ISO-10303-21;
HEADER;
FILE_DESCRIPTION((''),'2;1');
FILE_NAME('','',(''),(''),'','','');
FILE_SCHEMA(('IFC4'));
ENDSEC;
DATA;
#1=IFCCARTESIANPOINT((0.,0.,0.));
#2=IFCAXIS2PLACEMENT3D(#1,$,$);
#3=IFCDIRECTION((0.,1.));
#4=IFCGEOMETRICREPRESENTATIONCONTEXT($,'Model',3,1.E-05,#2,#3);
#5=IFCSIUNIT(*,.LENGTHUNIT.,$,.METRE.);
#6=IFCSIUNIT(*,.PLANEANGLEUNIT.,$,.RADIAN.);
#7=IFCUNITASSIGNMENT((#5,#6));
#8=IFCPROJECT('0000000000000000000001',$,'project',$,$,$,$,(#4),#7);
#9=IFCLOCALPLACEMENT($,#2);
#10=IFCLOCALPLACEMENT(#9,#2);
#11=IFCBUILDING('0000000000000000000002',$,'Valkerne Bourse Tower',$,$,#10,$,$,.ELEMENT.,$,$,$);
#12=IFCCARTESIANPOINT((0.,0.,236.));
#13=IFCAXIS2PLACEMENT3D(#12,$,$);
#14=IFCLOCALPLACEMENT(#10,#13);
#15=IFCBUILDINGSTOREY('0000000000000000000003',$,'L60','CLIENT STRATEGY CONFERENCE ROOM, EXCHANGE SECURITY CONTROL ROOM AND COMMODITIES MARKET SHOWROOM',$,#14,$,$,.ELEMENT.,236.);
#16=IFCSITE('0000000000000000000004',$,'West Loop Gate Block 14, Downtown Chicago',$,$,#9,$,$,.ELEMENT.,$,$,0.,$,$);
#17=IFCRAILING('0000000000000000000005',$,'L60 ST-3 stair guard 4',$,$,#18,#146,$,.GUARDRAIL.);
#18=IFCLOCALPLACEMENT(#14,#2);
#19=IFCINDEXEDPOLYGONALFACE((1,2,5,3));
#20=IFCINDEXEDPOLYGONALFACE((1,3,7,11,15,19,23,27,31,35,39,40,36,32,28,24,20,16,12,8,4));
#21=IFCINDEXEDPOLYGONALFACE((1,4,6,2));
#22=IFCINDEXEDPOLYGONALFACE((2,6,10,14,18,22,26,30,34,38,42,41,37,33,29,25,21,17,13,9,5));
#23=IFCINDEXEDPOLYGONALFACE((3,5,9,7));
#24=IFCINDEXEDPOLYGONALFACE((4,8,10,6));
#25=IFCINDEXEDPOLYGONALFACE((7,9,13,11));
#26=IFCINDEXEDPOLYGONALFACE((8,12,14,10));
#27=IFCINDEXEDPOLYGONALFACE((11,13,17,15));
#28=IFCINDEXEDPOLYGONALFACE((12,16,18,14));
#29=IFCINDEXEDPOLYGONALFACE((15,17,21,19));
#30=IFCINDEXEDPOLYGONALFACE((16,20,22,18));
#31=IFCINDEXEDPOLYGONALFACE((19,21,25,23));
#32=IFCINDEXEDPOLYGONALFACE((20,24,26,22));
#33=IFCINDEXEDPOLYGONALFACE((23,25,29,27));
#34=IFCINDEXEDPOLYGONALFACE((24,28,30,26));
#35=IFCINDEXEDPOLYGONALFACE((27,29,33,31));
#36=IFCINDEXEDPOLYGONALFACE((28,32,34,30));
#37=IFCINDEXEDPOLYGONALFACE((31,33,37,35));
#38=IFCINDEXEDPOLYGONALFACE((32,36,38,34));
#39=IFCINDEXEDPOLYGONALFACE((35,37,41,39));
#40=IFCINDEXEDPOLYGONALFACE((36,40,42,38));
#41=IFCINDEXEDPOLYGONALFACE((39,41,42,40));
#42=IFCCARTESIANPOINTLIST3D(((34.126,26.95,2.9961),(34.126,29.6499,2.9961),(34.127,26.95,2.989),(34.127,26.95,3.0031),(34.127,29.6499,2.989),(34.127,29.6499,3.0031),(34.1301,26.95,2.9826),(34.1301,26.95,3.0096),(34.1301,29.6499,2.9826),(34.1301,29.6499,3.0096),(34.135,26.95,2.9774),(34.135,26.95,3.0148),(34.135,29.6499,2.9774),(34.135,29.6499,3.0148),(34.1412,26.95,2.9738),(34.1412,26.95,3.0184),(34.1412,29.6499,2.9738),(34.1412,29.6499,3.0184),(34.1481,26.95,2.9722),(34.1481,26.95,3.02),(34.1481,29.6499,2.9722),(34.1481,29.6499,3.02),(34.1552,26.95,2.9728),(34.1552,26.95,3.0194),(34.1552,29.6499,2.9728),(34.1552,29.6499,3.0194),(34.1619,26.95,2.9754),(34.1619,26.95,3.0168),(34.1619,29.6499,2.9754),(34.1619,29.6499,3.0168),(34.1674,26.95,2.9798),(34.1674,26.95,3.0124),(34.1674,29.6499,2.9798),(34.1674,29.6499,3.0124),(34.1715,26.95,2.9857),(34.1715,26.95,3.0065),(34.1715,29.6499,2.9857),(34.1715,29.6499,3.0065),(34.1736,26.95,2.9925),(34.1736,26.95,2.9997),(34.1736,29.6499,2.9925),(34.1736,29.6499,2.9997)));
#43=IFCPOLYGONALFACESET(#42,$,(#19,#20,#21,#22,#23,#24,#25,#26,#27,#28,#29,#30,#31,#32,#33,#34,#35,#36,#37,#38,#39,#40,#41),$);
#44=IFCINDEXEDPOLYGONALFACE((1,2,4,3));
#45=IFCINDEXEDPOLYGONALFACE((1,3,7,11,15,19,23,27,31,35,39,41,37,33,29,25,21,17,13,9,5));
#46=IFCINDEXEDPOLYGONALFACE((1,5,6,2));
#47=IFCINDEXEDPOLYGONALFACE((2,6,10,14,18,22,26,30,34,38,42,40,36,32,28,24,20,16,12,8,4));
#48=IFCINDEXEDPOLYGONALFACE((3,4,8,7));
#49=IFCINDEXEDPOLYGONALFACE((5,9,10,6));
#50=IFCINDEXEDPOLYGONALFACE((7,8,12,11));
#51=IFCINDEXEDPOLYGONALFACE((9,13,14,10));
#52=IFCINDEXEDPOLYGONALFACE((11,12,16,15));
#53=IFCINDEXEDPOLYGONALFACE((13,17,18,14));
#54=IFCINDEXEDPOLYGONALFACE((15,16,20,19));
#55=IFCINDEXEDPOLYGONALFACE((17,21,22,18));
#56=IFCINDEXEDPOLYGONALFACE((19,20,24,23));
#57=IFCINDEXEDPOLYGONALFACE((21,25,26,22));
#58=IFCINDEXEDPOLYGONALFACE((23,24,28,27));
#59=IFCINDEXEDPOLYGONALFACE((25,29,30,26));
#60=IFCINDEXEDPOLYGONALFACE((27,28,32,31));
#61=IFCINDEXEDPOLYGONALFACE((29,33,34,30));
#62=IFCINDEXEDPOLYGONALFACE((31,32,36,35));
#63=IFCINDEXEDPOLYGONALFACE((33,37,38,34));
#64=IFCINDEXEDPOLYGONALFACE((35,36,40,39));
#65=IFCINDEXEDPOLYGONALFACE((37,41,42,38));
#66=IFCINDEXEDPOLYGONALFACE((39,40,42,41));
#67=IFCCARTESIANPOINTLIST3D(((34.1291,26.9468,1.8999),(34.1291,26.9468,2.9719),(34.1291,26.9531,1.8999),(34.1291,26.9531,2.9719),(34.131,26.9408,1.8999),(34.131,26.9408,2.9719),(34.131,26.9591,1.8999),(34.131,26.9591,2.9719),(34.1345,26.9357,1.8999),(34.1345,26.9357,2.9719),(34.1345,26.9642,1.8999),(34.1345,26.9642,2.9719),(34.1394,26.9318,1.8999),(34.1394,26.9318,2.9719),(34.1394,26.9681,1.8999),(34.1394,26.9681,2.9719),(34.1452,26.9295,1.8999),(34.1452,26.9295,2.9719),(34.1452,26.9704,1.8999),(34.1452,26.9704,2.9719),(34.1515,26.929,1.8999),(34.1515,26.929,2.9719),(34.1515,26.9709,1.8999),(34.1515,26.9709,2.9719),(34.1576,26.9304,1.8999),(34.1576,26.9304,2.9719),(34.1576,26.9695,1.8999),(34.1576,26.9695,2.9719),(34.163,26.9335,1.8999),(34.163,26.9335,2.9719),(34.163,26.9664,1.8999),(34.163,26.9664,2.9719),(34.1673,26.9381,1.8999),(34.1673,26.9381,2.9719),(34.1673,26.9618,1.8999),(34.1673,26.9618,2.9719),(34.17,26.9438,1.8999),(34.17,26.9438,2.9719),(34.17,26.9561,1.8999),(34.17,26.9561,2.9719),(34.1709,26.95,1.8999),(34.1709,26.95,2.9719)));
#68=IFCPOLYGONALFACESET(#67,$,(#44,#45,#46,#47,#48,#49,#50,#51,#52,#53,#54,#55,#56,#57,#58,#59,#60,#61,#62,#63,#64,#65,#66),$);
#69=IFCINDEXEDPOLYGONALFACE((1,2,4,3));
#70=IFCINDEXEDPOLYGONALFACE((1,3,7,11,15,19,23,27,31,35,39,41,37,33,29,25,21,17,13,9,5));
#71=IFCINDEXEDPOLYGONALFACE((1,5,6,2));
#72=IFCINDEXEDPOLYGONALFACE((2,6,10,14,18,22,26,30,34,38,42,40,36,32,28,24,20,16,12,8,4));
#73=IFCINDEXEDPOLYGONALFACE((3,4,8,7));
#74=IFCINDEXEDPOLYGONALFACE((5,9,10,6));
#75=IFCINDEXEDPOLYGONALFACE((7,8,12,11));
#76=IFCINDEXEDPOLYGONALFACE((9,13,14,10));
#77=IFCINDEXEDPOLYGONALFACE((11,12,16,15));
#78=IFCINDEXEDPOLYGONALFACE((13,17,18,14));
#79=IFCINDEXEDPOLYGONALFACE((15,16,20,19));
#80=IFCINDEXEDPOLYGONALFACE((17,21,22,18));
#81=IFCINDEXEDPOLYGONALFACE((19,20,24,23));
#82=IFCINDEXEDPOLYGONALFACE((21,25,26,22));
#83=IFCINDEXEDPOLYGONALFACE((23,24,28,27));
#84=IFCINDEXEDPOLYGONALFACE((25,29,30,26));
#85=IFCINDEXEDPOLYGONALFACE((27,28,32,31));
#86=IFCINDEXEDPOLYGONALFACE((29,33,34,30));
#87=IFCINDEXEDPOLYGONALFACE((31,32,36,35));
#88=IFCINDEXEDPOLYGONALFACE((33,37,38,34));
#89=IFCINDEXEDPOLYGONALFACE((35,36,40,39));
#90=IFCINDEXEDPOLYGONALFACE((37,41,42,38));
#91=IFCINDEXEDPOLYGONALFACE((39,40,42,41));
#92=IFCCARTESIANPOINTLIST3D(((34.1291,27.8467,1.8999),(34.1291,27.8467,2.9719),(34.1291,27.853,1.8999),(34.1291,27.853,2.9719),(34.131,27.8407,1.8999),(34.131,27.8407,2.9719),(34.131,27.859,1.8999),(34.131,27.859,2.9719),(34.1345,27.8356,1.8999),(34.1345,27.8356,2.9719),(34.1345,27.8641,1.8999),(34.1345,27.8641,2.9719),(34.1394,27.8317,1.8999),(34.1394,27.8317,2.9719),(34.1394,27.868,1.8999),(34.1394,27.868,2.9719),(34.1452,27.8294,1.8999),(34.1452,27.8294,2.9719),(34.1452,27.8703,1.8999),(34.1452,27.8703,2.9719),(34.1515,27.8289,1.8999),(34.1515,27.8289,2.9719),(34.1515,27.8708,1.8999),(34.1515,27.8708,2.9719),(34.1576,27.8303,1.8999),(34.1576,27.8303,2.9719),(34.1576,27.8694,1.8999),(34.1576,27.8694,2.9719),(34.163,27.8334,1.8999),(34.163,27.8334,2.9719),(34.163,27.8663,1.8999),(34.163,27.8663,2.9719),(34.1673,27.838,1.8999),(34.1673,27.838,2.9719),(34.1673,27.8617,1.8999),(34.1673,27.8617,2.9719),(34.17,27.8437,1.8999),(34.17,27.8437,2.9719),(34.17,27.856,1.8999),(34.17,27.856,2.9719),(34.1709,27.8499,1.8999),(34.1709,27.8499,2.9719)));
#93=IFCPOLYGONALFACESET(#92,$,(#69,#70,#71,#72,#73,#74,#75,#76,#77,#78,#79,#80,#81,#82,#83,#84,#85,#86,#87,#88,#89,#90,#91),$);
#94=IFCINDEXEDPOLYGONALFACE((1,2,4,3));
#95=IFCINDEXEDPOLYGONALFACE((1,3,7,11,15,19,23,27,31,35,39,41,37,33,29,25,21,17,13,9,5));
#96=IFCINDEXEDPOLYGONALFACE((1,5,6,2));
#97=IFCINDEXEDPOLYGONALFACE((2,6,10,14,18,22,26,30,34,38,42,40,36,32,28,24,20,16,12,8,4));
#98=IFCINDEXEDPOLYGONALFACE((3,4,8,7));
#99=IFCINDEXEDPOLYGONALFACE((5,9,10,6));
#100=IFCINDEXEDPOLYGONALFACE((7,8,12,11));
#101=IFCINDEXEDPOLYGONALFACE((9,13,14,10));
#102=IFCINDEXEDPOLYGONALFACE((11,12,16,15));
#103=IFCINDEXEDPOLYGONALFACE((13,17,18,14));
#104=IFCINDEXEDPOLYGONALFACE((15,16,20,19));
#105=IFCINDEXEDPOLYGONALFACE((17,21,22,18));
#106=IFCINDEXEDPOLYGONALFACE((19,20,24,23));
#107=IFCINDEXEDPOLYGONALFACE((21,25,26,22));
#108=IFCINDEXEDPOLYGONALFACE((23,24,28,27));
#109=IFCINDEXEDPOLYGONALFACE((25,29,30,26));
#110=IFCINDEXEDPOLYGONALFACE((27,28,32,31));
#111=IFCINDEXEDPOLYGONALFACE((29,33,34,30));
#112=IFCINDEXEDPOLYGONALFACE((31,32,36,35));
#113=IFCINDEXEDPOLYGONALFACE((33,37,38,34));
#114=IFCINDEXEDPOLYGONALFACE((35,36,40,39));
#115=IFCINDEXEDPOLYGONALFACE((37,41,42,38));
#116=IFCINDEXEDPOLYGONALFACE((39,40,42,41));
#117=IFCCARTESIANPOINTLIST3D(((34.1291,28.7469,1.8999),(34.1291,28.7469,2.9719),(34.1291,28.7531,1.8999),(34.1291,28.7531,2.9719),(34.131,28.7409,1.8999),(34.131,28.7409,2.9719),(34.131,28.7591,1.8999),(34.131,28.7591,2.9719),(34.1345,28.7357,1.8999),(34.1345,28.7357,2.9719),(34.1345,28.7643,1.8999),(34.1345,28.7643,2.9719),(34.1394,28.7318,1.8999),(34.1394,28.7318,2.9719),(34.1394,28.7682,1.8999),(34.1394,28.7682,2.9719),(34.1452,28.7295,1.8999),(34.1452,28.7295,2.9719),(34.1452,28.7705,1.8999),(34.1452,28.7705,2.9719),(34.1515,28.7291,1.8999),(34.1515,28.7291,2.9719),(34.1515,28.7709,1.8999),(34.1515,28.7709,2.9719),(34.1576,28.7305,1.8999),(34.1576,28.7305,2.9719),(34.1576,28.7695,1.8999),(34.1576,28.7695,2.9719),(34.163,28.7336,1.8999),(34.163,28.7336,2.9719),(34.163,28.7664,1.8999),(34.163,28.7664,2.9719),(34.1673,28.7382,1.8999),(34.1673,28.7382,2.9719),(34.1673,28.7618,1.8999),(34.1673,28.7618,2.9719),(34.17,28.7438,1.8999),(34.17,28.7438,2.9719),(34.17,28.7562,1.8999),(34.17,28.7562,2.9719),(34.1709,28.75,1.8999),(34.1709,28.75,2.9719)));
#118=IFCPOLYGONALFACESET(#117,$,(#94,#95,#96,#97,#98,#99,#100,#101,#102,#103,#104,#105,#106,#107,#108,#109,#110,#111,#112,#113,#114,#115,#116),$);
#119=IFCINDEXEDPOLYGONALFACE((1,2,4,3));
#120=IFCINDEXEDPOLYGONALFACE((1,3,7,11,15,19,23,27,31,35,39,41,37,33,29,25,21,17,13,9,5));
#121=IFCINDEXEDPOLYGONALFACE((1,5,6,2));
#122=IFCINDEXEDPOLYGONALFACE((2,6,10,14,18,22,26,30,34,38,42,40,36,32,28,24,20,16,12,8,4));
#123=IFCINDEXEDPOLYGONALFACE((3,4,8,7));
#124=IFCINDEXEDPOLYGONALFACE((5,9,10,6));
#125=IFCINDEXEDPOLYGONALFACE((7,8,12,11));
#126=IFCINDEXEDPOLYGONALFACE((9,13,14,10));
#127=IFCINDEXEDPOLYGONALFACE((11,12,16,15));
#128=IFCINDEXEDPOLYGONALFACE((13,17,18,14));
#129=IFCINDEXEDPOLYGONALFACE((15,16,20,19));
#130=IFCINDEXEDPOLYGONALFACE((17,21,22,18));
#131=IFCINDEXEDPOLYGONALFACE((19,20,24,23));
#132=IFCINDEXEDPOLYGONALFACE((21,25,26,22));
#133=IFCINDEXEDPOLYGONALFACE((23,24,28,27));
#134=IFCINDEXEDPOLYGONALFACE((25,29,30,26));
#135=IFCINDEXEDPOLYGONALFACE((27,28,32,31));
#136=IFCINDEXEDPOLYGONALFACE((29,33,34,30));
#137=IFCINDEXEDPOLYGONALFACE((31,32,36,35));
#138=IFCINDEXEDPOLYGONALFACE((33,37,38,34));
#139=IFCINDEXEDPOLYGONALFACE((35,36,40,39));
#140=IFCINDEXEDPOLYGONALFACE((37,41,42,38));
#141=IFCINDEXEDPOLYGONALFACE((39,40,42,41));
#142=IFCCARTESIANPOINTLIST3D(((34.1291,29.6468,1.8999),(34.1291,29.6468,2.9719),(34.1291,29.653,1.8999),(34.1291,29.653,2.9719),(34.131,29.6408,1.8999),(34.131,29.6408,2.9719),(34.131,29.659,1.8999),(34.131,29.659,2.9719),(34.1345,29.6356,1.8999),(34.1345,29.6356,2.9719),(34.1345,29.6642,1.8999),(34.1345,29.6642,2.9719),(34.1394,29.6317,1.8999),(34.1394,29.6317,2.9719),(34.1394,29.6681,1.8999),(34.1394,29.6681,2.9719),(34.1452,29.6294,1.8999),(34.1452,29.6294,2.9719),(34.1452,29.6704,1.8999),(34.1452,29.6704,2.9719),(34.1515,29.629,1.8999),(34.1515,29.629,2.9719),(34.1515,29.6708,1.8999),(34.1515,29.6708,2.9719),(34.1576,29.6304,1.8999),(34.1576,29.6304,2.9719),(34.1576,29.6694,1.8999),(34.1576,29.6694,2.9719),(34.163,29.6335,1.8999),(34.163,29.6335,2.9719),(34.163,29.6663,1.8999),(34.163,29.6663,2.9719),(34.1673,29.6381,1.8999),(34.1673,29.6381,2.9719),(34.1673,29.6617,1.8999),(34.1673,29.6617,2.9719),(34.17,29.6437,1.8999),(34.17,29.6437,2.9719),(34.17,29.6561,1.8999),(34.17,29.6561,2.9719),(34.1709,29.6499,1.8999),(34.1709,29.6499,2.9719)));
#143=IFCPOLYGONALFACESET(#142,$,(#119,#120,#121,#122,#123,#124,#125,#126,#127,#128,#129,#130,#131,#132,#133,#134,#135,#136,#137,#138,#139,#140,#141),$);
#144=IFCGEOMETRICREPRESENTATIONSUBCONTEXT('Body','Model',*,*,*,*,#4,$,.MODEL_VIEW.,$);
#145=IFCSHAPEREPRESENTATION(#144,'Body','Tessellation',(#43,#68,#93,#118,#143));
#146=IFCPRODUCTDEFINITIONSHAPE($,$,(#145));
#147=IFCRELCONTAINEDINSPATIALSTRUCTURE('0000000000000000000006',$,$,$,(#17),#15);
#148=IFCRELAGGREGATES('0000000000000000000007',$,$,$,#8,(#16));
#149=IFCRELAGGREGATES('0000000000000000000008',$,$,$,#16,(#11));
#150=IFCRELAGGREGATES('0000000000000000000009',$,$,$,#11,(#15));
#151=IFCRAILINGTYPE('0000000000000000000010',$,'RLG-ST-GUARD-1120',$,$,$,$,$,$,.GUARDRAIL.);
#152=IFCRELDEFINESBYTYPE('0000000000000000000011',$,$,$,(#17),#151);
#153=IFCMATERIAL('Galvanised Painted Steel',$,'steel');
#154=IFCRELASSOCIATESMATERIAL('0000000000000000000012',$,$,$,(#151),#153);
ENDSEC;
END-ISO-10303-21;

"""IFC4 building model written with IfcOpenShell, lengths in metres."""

from ifc_helpers import new_model, si_unit, direction, frame, origin, origin_2d, place, context, subcontext, project, spatial, circle, extrude, material, type_object, element, save


model = new_model("IFC4")

# Units and contexts
model_context = context("Model", 3, precision=1e-05, world=origin(), true_north=direction((0.0, 1.0)))
body_context = subcontext(model_context, "Body", "Model", "MODEL_VIEW")
ifc_project = project(units=[si_unit("LENGTHUNIT", "METRE"), si_unit("PLANEANGLEUNIT", "RADIAN")], contexts=[model_context])

# Site, building, storey
site_placement = place(None, origin())
site = spatial("IfcSite", under=ifc_project, at=site_placement, Name="West Loop Gate Block 14, Downtown Chicago", CompositionType="ELEMENT", RefElevation=0.0)
building_placement = place(site_placement, origin())
building = spatial("IfcBuilding", under=site, at=building_placement, Name="Valkerne Bourse Tower", CompositionType="ELEMENT")
storey_placement = place(building_placement, frame((0.0, 0.0, 236.0)))
storey = spatial("IfcBuildingStorey", under=building, at=storey_placement, Name="L60", Description="CLIENT STRATEGY CONFERENCE ROOM, EXCHANGE SECURITY CONTROL ROOM AND COMMODITIES MARKET SHOWROOM", CompositionType="ELEMENT", Elevation=236.0)

# Railing
ifc_material_1 = material(Name="Galvanised Painted Steel", Category="steel")
railing_type_1 = type_object("IfcRailingType", Name="RLG-ST-GUARD-1120", PredefinedType="GUARDRAIL", material=ifc_material_1)
for number, where, name in (
    (1, (34.1499, 26.95, 1.8999), "L60 ST-3 stair guard 4"),
):
    element("IfcRailing", number, at=place(storey_placement, frame(where)), inside=storey, type_object=railing_type_1, Name=name, PredefinedType="GUARDRAIL", context=body_context, shape_type="SweptSolid", body=[
        extrude(circle(Radius=0.0239, at=origin_2d()), frame((0.0, 0.0, 1.0962), z_axis=(0.0, 1.0, 0.0), x_axis=(-1.0, 0.0, 0.0)), (0.0, 0.0, 1.0), 2.7),
        extrude(circle(Radius=0.021, at=origin_2d()), origin(), (0.0, 0.0, 1.0), 1.072),
        extrude(circle(Radius=0.021, at=origin_2d()), frame((0.0, 0.8999, 0.0)), (0.0, 0.0, 1.0), 1.072),
        extrude(circle(Radius=0.021, at=origin_2d()), frame((0.0, 1.8, 0.0)), (0.0, 0.0, 1.0), 1.072),
        extrude(circle(Radius=0.021, at=origin_2d()), frame((0.0, 2.7, 0.0)), (0.0, 0.0, 1.0), 1.072),
    ])

save(model, "model.ifc")
